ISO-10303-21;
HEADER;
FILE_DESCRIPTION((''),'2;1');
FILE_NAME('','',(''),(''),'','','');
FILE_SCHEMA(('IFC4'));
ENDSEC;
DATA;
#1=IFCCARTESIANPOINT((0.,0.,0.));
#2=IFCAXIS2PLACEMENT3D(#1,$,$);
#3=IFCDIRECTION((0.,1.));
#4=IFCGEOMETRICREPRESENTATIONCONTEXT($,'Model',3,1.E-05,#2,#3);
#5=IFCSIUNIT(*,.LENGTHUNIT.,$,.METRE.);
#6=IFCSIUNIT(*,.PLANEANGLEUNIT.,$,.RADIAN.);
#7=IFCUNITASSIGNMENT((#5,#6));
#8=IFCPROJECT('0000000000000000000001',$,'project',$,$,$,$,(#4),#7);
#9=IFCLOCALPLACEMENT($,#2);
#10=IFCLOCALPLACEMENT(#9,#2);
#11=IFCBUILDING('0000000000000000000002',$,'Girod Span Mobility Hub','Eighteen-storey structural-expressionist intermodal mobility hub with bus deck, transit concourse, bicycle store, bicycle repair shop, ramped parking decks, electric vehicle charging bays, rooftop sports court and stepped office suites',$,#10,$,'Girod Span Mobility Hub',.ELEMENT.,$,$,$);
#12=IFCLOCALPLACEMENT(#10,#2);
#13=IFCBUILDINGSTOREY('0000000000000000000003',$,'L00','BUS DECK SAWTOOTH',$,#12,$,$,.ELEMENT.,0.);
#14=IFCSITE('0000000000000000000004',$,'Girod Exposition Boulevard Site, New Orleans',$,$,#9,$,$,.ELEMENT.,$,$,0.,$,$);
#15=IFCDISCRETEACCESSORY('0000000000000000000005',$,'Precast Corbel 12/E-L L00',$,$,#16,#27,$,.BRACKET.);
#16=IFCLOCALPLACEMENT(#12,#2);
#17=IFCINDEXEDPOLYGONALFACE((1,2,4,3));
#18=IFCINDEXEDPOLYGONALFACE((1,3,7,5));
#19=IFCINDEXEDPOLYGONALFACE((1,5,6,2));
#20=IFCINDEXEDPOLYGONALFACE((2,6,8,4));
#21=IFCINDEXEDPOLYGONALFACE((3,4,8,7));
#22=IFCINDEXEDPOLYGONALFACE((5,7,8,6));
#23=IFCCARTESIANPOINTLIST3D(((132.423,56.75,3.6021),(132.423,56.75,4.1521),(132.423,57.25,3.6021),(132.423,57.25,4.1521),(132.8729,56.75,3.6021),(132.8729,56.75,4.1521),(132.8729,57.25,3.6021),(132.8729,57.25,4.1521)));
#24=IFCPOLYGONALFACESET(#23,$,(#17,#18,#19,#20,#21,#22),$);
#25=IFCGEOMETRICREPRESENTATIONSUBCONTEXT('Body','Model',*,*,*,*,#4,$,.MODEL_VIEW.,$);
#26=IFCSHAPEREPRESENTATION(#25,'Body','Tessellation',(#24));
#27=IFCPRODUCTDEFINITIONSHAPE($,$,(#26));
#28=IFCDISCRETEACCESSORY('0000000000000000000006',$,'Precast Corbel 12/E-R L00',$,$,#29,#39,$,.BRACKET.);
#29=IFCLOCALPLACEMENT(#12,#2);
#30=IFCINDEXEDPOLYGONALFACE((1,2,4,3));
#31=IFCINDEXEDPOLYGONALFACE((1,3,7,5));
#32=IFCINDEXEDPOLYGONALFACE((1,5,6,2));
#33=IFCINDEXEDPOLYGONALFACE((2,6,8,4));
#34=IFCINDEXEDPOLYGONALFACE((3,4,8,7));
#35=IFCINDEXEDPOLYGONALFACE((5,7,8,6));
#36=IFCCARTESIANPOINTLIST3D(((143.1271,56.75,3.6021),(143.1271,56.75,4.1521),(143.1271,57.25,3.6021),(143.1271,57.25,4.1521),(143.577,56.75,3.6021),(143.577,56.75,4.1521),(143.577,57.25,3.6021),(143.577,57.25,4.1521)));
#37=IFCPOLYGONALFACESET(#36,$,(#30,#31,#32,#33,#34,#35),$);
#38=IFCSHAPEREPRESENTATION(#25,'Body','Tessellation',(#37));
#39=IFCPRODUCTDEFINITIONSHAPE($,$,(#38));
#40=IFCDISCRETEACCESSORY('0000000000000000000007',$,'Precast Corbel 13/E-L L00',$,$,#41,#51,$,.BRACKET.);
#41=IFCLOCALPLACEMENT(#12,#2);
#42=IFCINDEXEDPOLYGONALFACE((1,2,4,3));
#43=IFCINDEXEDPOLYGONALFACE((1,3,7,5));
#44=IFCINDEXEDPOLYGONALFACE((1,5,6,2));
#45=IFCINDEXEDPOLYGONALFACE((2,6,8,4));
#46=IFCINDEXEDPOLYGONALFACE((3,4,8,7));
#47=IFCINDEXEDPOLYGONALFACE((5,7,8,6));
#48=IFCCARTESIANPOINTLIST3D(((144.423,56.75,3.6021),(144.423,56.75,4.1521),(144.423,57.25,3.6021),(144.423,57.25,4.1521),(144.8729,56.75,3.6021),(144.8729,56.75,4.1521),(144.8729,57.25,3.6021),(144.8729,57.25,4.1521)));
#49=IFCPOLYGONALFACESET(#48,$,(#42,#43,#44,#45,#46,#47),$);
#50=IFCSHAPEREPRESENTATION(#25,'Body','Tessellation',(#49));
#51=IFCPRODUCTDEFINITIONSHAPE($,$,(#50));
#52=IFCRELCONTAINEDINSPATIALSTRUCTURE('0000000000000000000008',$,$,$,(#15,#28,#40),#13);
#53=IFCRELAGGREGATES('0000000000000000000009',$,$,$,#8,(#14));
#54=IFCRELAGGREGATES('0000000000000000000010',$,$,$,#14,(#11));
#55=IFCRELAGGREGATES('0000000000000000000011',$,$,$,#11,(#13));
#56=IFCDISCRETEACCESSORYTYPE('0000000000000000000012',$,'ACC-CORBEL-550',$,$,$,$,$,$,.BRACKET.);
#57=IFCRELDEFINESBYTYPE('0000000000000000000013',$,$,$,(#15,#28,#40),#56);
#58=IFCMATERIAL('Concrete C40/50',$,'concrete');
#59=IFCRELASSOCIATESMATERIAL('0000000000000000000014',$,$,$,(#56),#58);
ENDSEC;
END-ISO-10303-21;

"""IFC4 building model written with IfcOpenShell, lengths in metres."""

from ifc_helpers import new_model, si_unit, direction, frame, origin, origin_2d, place, context, subcontext, project, spatial, rectangle, extrude, material, type_object, element, save


model = new_model("IFC4")

# Units and contexts
model_context = context("Model", 3, precision=1e-05, world=origin(), true_north=direction((0.0, 1.0)))
body_context = subcontext(model_context, "Body", "Model", "MODEL_VIEW")
ifc_project = project(units=[si_unit("LENGTHUNIT", "METRE"), si_unit("PLANEANGLEUNIT", "RADIAN")], contexts=[model_context])

# Site, building, storey
site_placement = place(None, origin())
site = spatial("IfcSite", under=ifc_project, at=site_placement, Name="Girod Exposition Boulevard Site, New Orleans", CompositionType="ELEMENT", RefElevation=0.0)
building_placement = place(site_placement, origin())
building = spatial("IfcBuilding", under=site, at=building_placement, Name="Girod Span Mobility Hub", Description="Eighteen-storey structural-expressionist intermodal mobility hub with bus deck, transit concourse, bicycle store, bicycle repair shop, ramped parking decks, electric vehicle charging bays, rooftop sports court and stepped office suites", LongName="Girod Span Mobility Hub", CompositionType="ELEMENT")
storey_placement = place(building_placement, origin())
storey = spatial("IfcBuildingStorey", under=building, at=storey_placement, Name="L00", Description="BUS DECK SAWTOOTH", CompositionType="ELEMENT", Elevation=0.0)

# Discrete accessories
ifc_material_1 = material(Name="Concrete C40/50", Category="concrete")
discrete_accessory_type = type_object("IfcDiscreteAccessoryType", Name="ACC-CORBEL-550", PredefinedType="BRACKET", material=ifc_material_1)
for number, where, z_axis, x_axis, name in (
    (1, (132.6479, 57.0, 3.6021), (0.0, 0.0, 1.0), (1.0, 0.0, 0.0), "Precast Corbel 12/E-L L00"),
    (2, (143.3521, 57.0, 3.6021), (0.0, 0.0, 1.0), (1.0, 0.0, 0.0), "Precast Corbel 12/E-R L00"),
    (3, (144.6479, 57.0, 3.6021), (0.0, 0.0, 1.0), (1.0, 0.0, 0.0), "Precast Corbel 13/E-L L00"),
):
    element("IfcDiscreteAccessory", number, at=place(storey_placement, frame(where, z_axis=z_axis, x_axis=x_axis)), inside=storey, type_object=discrete_accessory_type, Name=name, PredefinedType="BRACKET", context=body_context, shape_type="SweptSolid", body=[
        extrude(rectangle(XDim=0.45, YDim=0.5, at=origin_2d()), origin(), (0.0, 0.0, 1.0), 0.55),
    ])

save(model, "model.ifc")
